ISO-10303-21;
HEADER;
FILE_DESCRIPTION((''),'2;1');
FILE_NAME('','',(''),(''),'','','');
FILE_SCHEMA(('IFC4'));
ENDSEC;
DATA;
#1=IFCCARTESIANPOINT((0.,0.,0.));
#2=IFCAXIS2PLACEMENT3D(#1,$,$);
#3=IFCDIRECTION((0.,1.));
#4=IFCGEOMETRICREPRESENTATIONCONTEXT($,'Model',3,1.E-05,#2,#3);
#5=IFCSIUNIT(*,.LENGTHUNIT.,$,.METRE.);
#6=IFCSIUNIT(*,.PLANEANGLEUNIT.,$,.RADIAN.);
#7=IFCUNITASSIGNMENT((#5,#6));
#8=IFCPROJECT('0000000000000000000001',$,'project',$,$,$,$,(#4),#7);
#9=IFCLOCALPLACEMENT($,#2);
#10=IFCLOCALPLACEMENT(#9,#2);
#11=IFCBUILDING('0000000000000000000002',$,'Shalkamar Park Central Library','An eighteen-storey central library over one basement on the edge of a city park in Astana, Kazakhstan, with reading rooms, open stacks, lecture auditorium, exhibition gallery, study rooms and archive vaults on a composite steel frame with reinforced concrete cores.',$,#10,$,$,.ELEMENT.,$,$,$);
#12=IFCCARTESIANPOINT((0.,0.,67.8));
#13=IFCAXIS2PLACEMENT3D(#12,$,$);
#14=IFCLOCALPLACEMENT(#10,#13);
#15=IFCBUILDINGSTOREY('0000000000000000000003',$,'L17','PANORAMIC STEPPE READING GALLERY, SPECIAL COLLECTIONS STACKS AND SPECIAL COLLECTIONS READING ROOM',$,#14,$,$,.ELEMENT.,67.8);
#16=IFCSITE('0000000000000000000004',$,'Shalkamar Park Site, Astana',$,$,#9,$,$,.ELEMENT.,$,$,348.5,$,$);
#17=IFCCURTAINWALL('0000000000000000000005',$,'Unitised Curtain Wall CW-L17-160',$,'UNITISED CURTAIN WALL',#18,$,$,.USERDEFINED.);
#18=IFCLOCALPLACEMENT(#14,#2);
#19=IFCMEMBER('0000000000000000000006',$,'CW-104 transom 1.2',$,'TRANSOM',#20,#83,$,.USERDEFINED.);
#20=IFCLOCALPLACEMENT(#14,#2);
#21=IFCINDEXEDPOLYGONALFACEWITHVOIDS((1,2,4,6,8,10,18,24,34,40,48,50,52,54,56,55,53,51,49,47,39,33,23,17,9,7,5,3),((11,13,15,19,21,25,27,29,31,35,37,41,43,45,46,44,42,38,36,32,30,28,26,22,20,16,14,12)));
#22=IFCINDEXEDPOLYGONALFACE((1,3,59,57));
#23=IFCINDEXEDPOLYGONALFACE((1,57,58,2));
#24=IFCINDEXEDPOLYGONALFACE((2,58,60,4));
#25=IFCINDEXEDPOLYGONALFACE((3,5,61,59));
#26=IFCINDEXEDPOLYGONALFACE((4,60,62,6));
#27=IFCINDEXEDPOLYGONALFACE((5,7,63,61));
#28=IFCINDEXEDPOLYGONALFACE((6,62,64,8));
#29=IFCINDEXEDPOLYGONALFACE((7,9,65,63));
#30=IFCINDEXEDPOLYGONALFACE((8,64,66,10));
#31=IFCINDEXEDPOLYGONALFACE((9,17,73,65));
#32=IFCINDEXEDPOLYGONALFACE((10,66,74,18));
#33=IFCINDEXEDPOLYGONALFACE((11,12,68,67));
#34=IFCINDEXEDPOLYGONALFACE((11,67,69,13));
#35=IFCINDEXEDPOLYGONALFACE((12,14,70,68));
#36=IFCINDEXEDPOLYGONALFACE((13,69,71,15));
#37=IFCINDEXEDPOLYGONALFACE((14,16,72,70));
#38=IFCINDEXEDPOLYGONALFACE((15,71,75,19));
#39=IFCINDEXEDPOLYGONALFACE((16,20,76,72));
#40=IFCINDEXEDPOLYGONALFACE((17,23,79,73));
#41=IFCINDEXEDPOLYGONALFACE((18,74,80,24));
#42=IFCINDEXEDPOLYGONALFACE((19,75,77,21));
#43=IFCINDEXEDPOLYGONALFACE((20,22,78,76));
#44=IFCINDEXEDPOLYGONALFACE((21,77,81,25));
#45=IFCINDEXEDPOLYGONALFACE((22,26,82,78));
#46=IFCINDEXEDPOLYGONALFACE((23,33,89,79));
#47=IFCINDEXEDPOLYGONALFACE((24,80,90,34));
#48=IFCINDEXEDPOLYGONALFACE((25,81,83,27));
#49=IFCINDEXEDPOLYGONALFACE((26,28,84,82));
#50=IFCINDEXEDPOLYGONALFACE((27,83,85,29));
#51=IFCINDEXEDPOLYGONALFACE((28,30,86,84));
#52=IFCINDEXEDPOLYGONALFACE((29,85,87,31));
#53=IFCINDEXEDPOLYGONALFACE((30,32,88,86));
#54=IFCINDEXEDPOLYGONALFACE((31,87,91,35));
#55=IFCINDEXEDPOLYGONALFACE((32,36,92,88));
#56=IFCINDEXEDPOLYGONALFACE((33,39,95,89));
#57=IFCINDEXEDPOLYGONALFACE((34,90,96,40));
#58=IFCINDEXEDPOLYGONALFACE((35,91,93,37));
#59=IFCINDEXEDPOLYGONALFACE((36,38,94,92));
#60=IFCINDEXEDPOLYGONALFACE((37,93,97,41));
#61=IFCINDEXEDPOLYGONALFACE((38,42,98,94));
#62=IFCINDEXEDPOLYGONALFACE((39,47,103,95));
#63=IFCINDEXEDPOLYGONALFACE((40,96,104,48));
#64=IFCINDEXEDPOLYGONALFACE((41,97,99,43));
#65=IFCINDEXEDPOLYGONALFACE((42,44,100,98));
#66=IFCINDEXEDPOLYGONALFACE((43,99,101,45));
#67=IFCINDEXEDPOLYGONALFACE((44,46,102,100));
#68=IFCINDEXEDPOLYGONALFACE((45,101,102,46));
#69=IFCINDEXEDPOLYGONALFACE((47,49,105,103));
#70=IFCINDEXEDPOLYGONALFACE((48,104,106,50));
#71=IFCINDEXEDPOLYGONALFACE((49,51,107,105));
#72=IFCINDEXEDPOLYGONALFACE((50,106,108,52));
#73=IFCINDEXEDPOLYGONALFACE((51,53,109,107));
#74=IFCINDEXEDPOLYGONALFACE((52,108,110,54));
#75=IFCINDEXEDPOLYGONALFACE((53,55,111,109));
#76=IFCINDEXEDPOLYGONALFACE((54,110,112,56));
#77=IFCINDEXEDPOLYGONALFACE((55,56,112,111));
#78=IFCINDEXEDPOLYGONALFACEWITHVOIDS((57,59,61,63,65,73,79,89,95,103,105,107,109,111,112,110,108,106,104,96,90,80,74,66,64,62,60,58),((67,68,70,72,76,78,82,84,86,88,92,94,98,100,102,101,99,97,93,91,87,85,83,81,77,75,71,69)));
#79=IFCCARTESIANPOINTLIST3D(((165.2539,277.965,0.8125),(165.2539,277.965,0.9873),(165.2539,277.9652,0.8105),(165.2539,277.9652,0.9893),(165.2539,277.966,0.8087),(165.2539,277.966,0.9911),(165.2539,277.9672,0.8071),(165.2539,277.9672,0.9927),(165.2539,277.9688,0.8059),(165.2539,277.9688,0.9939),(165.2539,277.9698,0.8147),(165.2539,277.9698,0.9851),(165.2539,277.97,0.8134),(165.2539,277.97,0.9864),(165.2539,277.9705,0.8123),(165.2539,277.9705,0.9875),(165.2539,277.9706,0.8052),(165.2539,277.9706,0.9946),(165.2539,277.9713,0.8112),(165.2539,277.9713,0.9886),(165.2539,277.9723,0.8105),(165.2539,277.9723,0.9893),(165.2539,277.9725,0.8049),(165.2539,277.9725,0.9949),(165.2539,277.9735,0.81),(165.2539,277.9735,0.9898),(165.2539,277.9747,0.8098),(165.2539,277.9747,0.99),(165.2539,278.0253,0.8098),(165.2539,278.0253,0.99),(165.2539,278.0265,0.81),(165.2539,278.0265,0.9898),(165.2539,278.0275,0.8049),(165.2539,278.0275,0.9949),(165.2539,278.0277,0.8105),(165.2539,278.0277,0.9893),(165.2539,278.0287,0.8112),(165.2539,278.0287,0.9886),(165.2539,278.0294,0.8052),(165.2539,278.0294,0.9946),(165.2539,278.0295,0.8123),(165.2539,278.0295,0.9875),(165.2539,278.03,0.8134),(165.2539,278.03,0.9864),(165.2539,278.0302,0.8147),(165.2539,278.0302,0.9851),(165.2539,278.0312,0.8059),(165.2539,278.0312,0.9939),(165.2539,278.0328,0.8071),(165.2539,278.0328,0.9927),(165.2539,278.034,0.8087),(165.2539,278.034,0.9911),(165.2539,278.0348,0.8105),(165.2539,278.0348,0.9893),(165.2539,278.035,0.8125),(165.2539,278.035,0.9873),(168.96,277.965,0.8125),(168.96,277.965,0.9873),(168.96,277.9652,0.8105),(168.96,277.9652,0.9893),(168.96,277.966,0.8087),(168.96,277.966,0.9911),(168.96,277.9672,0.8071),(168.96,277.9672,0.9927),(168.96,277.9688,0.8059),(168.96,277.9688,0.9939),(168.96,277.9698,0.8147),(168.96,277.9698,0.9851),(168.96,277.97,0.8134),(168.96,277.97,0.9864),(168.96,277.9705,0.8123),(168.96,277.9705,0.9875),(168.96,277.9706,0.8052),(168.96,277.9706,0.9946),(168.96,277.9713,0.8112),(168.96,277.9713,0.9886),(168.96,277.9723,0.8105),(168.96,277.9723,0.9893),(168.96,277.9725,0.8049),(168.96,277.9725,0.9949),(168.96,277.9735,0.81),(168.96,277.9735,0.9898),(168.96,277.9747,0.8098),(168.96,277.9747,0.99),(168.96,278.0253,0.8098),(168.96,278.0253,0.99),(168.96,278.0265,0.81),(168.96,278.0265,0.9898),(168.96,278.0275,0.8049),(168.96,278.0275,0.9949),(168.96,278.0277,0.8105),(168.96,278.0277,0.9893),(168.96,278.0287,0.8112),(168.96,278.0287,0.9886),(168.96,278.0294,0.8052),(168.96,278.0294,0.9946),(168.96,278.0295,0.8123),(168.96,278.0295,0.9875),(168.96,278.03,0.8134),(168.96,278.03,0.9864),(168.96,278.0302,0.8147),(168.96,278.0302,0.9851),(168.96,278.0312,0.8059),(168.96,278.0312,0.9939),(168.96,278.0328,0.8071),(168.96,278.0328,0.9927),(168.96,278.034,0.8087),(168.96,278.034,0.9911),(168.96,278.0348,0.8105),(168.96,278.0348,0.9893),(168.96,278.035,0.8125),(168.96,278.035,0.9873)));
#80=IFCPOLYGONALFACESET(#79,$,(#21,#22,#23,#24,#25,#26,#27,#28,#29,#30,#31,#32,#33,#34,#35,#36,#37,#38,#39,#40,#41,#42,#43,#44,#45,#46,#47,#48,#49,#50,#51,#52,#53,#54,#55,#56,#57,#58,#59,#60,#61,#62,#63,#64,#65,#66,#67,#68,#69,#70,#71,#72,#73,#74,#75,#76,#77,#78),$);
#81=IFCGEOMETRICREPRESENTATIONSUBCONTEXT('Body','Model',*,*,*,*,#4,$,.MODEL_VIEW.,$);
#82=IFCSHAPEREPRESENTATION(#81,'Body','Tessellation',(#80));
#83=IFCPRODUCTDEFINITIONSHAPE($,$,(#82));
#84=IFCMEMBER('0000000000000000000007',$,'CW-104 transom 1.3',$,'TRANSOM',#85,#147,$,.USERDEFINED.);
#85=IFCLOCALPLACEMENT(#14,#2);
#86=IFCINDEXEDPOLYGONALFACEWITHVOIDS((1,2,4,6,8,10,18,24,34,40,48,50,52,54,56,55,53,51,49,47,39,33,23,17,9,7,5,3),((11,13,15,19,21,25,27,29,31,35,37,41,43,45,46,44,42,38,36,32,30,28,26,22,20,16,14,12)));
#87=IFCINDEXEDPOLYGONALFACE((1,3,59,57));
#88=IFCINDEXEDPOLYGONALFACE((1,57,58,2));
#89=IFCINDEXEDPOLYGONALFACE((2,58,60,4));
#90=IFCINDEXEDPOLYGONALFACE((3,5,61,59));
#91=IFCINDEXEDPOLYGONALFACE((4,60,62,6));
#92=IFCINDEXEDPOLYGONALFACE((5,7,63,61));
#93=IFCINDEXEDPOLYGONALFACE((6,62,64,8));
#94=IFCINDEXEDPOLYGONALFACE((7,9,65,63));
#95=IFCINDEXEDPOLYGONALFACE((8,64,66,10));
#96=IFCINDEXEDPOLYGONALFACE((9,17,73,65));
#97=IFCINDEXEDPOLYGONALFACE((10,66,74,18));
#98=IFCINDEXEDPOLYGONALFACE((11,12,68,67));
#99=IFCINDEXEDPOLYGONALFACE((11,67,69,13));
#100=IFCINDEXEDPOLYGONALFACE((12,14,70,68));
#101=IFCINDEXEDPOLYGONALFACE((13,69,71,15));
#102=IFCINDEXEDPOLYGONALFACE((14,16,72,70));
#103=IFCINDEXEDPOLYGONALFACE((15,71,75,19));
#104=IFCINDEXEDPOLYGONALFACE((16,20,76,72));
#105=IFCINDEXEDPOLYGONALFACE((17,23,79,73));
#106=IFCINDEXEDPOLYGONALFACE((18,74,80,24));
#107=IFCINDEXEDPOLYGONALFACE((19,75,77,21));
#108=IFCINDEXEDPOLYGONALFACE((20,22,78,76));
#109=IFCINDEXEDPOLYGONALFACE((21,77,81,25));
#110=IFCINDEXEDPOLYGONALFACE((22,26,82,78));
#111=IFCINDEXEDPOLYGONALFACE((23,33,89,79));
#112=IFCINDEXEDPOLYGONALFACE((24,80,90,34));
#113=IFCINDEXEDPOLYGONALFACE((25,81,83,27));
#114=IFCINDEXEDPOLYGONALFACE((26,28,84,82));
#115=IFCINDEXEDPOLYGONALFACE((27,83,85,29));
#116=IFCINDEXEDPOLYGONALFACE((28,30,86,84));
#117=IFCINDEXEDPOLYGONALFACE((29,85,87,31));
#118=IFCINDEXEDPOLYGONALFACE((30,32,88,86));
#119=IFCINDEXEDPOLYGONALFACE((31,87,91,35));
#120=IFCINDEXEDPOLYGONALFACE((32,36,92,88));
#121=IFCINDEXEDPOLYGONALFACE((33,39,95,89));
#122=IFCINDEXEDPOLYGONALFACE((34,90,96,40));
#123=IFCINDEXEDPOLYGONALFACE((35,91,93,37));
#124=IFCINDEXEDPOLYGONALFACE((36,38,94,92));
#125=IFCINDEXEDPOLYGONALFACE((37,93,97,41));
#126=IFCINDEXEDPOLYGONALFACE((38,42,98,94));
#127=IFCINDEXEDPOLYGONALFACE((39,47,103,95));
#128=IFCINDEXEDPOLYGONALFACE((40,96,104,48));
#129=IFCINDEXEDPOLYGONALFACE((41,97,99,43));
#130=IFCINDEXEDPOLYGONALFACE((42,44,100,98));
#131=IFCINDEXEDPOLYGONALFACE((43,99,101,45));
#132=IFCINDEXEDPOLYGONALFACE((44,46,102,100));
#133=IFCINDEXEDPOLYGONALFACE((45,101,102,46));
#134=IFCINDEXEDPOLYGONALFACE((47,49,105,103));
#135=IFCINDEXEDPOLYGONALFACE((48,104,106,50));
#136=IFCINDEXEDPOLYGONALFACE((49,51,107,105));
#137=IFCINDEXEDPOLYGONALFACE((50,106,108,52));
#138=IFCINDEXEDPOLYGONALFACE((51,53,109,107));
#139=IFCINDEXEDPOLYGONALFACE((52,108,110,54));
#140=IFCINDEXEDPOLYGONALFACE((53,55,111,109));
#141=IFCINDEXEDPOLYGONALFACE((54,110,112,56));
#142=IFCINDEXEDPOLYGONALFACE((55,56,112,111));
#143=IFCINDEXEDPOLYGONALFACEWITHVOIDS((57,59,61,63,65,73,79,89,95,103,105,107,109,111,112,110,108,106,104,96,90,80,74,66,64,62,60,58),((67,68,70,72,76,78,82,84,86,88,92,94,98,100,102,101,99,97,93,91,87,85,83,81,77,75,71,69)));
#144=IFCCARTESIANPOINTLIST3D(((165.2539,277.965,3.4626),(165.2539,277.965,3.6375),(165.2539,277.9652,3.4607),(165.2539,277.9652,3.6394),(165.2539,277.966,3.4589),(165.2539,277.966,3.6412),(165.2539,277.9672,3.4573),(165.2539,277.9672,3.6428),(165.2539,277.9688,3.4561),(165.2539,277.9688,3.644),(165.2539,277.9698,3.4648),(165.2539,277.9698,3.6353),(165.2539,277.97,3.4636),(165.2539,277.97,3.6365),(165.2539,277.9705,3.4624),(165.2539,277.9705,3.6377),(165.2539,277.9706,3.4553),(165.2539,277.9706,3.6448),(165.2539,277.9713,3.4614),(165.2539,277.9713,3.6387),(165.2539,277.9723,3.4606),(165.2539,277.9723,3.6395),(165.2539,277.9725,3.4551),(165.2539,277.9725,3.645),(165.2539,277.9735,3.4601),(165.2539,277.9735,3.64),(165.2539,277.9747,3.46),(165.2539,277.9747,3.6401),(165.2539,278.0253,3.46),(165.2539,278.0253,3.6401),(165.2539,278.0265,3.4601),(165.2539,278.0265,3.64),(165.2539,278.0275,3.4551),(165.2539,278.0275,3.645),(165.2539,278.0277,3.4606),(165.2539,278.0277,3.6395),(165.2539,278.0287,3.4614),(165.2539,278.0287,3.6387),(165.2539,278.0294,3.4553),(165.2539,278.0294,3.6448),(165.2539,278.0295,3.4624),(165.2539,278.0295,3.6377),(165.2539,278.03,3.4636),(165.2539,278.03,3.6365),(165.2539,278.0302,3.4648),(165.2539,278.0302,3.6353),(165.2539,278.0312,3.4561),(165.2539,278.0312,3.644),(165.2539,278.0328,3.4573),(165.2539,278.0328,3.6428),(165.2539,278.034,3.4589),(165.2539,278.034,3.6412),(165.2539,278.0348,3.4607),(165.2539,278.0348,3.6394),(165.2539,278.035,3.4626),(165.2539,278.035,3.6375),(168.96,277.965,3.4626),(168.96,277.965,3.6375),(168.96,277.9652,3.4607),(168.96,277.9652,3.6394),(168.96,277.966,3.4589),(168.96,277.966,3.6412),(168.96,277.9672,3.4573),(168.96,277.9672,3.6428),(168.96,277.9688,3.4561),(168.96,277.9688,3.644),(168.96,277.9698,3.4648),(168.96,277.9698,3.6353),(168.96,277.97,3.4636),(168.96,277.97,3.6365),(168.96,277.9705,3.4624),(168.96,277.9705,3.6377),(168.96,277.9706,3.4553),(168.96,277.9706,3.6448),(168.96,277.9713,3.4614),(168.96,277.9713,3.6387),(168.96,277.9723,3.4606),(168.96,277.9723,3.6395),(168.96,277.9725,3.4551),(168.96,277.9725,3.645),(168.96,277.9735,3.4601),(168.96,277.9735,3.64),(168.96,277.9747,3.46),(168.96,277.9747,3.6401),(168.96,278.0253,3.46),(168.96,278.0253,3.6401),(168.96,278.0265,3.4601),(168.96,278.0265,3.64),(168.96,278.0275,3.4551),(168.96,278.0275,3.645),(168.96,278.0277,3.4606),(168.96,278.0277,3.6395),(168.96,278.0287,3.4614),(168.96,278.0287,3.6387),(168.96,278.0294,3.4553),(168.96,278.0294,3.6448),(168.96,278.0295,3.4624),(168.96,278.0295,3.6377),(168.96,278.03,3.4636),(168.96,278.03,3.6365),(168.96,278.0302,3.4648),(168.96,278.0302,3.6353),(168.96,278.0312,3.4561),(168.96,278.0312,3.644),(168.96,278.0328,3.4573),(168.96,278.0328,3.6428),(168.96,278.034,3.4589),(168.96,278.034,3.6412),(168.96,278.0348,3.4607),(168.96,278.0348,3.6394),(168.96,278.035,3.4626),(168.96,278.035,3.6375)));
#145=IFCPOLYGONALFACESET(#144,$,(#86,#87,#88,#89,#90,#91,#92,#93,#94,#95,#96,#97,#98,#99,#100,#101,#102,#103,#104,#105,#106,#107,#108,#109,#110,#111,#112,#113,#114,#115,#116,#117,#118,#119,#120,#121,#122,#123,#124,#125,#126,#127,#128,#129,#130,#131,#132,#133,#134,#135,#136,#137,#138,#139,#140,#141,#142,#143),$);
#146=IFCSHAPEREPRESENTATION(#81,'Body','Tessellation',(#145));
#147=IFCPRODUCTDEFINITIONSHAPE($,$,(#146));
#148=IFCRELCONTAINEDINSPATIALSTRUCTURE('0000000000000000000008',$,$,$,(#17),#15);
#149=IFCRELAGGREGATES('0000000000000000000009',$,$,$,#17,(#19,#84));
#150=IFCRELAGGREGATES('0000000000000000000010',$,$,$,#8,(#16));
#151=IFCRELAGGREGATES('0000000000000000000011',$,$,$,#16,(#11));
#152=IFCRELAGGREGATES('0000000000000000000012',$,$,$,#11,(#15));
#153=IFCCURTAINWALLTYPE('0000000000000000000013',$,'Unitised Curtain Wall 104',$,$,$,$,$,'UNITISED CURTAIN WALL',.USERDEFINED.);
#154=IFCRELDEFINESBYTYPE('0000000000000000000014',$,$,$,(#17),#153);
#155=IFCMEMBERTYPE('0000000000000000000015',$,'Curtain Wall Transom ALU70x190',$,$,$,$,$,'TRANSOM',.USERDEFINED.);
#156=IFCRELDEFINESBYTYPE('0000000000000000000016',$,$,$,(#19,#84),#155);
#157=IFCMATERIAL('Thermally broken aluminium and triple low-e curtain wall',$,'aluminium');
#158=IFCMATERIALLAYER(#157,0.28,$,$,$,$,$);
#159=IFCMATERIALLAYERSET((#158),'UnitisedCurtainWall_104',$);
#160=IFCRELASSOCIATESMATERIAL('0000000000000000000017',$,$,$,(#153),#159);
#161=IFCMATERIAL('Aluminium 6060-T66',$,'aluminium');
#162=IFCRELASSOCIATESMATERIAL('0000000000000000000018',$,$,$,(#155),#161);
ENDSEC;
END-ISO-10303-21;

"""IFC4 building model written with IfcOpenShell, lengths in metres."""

from ifc_helpers import new_model, si_unit, direction, frame, origin, origin_2d, place, context, subcontext, project, spatial, hollow_rectangle, extrude, material, layer, layer_set, material_profile, profile_set, type_object, element, aggregate, save


model = new_model("IFC4")

# Units and contexts
model_context = context("Model", 3, precision=1e-05, world=origin(), true_north=direction((0.0, 1.0)))
body_context = subcontext(model_context, "Body", "Model", "MODEL_VIEW")
ifc_project = project(units=[si_unit("LENGTHUNIT", "METRE"), si_unit("PLANEANGLEUNIT", "RADIAN")], contexts=[model_context])

# Site, building, storey
site_placement = place(None, origin())
site = spatial("IfcSite", under=ifc_project, at=site_placement, Name="Shalkamar Park Site, Astana", CompositionType="ELEMENT", RefElevation=348.5)
building_placement = place(site_placement, origin())
building = spatial("IfcBuilding", under=site, at=building_placement, Name="Shalkamar Park Central Library", Description="An eighteen-storey central library over one basement on the edge of a city park in Astana, Kazakhstan, with reading rooms, open stacks, lecture auditorium, exhibition gallery, study rooms and archive vaults on a composite steel frame with reinforced concrete cores.", CompositionType="ELEMENT")
storey_placement = place(building_placement, frame((0.0, 0.0, 67.8)))
storey = spatial("IfcBuildingStorey", under=building, at=storey_placement, Name="L17", Description="PANORAMIC STEPPE READING GALLERY, SPECIAL COLLECTIONS STACKS AND SPECIAL COLLECTIONS READING ROOM", CompositionType="ELEMENT", Elevation=67.8)

# Curtain wall, members
ifc_material_1 = material(Name="Thermally broken aluminium and triple low-e curtain wall", Category="aluminium")
ifc_layer_1 = layer(ifc_material_1, 0.28)
ifc_layer_set_1 = layer_set([ifc_layer_1], Name="UnitisedCurtainWall_104")
curtain_wall_type = type_object("IfcCurtainWallType", Name="Unitised Curtain Wall 104", ElementType="UNITISED CURTAIN WALL", PredefinedType="USERDEFINED", material=ifc_layer_set_1)
curtain_wall_placement = place(storey_placement, origin())
curtain_wall = element("IfcCurtainWall", 1, at=curtain_wall_placement, inside=storey, type_object=curtain_wall_type, Name="Unitised Curtain Wall CW-L17-160", ObjectType="UNITISED CURTAIN WALL", PredefinedType="USERDEFINED")
ifc_material_2 = material(Name="Aluminium 6060-T66", Category="aluminium")
ifc_material_profile_1 = material_profile(ifc_material_2, hollow_rectangle(XDim=0.0701, YDim=0.1899, WallThickness=0.0049, InnerFilletRadius=0.0049, OuterFilletRadius=0.0076, at=origin_2d()), Name="ALU 70x190x5")
ifc_profile_set_1 = profile_set([ifc_material_profile_1], Name="Aluminium 6060-T66")
member_type_1 = type_object("IfcMemberType", Name="Curtain Wall Transom ALU70x190", ElementType="TRANSOM", PredefinedType="USERDEFINED", material=ifc_profile_set_1)
member_1_placement = place(storey_placement, frame((165.2539, 278.0, 0.8999), z_axis=(1.0, 0.0, 0.0), x_axis=(0.0, 1.0, 0.0)))
member_1 = element("IfcMember", 2, at=member_1_placement, type_object=member_type_1, Name="CW-104 transom 1.2", ObjectType="TRANSOM", PredefinedType="USERDEFINED", context=body_context, shape_type="SweptSolid", body=[
    extrude(hollow_rectangle(XDim=0.0701, YDim=0.1899, WallThickness=0.0049, InnerFilletRadius=0.0049, OuterFilletRadius=0.0076, at=origin_2d()), origin(), (0.0, 0.0, 1.0), 3.7061),
])
member_2_placement = place(storey_placement, frame((165.2539, 278.0, 3.55), z_axis=(1.0, 0.0, 0.0), x_axis=(0.0, 1.0, 0.0)))
member_2 = element("IfcMember", 3, at=member_2_placement, type_object=member_type_1, Name="CW-104 transom 1.3", ObjectType="TRANSOM", PredefinedType="USERDEFINED", context=body_context, shape_type="SweptSolid", body=[
    extrude(hollow_rectangle(XDim=0.0701, YDim=0.1899, WallThickness=0.0049, InnerFilletRadius=0.0049, OuterFilletRadius=0.0076, at=origin_2d()), origin(), (0.0, 0.0, 1.0), 3.7061),
])

aggregate(curtain_wall, [member_1, member_2])

save(model, "model.ifc")
